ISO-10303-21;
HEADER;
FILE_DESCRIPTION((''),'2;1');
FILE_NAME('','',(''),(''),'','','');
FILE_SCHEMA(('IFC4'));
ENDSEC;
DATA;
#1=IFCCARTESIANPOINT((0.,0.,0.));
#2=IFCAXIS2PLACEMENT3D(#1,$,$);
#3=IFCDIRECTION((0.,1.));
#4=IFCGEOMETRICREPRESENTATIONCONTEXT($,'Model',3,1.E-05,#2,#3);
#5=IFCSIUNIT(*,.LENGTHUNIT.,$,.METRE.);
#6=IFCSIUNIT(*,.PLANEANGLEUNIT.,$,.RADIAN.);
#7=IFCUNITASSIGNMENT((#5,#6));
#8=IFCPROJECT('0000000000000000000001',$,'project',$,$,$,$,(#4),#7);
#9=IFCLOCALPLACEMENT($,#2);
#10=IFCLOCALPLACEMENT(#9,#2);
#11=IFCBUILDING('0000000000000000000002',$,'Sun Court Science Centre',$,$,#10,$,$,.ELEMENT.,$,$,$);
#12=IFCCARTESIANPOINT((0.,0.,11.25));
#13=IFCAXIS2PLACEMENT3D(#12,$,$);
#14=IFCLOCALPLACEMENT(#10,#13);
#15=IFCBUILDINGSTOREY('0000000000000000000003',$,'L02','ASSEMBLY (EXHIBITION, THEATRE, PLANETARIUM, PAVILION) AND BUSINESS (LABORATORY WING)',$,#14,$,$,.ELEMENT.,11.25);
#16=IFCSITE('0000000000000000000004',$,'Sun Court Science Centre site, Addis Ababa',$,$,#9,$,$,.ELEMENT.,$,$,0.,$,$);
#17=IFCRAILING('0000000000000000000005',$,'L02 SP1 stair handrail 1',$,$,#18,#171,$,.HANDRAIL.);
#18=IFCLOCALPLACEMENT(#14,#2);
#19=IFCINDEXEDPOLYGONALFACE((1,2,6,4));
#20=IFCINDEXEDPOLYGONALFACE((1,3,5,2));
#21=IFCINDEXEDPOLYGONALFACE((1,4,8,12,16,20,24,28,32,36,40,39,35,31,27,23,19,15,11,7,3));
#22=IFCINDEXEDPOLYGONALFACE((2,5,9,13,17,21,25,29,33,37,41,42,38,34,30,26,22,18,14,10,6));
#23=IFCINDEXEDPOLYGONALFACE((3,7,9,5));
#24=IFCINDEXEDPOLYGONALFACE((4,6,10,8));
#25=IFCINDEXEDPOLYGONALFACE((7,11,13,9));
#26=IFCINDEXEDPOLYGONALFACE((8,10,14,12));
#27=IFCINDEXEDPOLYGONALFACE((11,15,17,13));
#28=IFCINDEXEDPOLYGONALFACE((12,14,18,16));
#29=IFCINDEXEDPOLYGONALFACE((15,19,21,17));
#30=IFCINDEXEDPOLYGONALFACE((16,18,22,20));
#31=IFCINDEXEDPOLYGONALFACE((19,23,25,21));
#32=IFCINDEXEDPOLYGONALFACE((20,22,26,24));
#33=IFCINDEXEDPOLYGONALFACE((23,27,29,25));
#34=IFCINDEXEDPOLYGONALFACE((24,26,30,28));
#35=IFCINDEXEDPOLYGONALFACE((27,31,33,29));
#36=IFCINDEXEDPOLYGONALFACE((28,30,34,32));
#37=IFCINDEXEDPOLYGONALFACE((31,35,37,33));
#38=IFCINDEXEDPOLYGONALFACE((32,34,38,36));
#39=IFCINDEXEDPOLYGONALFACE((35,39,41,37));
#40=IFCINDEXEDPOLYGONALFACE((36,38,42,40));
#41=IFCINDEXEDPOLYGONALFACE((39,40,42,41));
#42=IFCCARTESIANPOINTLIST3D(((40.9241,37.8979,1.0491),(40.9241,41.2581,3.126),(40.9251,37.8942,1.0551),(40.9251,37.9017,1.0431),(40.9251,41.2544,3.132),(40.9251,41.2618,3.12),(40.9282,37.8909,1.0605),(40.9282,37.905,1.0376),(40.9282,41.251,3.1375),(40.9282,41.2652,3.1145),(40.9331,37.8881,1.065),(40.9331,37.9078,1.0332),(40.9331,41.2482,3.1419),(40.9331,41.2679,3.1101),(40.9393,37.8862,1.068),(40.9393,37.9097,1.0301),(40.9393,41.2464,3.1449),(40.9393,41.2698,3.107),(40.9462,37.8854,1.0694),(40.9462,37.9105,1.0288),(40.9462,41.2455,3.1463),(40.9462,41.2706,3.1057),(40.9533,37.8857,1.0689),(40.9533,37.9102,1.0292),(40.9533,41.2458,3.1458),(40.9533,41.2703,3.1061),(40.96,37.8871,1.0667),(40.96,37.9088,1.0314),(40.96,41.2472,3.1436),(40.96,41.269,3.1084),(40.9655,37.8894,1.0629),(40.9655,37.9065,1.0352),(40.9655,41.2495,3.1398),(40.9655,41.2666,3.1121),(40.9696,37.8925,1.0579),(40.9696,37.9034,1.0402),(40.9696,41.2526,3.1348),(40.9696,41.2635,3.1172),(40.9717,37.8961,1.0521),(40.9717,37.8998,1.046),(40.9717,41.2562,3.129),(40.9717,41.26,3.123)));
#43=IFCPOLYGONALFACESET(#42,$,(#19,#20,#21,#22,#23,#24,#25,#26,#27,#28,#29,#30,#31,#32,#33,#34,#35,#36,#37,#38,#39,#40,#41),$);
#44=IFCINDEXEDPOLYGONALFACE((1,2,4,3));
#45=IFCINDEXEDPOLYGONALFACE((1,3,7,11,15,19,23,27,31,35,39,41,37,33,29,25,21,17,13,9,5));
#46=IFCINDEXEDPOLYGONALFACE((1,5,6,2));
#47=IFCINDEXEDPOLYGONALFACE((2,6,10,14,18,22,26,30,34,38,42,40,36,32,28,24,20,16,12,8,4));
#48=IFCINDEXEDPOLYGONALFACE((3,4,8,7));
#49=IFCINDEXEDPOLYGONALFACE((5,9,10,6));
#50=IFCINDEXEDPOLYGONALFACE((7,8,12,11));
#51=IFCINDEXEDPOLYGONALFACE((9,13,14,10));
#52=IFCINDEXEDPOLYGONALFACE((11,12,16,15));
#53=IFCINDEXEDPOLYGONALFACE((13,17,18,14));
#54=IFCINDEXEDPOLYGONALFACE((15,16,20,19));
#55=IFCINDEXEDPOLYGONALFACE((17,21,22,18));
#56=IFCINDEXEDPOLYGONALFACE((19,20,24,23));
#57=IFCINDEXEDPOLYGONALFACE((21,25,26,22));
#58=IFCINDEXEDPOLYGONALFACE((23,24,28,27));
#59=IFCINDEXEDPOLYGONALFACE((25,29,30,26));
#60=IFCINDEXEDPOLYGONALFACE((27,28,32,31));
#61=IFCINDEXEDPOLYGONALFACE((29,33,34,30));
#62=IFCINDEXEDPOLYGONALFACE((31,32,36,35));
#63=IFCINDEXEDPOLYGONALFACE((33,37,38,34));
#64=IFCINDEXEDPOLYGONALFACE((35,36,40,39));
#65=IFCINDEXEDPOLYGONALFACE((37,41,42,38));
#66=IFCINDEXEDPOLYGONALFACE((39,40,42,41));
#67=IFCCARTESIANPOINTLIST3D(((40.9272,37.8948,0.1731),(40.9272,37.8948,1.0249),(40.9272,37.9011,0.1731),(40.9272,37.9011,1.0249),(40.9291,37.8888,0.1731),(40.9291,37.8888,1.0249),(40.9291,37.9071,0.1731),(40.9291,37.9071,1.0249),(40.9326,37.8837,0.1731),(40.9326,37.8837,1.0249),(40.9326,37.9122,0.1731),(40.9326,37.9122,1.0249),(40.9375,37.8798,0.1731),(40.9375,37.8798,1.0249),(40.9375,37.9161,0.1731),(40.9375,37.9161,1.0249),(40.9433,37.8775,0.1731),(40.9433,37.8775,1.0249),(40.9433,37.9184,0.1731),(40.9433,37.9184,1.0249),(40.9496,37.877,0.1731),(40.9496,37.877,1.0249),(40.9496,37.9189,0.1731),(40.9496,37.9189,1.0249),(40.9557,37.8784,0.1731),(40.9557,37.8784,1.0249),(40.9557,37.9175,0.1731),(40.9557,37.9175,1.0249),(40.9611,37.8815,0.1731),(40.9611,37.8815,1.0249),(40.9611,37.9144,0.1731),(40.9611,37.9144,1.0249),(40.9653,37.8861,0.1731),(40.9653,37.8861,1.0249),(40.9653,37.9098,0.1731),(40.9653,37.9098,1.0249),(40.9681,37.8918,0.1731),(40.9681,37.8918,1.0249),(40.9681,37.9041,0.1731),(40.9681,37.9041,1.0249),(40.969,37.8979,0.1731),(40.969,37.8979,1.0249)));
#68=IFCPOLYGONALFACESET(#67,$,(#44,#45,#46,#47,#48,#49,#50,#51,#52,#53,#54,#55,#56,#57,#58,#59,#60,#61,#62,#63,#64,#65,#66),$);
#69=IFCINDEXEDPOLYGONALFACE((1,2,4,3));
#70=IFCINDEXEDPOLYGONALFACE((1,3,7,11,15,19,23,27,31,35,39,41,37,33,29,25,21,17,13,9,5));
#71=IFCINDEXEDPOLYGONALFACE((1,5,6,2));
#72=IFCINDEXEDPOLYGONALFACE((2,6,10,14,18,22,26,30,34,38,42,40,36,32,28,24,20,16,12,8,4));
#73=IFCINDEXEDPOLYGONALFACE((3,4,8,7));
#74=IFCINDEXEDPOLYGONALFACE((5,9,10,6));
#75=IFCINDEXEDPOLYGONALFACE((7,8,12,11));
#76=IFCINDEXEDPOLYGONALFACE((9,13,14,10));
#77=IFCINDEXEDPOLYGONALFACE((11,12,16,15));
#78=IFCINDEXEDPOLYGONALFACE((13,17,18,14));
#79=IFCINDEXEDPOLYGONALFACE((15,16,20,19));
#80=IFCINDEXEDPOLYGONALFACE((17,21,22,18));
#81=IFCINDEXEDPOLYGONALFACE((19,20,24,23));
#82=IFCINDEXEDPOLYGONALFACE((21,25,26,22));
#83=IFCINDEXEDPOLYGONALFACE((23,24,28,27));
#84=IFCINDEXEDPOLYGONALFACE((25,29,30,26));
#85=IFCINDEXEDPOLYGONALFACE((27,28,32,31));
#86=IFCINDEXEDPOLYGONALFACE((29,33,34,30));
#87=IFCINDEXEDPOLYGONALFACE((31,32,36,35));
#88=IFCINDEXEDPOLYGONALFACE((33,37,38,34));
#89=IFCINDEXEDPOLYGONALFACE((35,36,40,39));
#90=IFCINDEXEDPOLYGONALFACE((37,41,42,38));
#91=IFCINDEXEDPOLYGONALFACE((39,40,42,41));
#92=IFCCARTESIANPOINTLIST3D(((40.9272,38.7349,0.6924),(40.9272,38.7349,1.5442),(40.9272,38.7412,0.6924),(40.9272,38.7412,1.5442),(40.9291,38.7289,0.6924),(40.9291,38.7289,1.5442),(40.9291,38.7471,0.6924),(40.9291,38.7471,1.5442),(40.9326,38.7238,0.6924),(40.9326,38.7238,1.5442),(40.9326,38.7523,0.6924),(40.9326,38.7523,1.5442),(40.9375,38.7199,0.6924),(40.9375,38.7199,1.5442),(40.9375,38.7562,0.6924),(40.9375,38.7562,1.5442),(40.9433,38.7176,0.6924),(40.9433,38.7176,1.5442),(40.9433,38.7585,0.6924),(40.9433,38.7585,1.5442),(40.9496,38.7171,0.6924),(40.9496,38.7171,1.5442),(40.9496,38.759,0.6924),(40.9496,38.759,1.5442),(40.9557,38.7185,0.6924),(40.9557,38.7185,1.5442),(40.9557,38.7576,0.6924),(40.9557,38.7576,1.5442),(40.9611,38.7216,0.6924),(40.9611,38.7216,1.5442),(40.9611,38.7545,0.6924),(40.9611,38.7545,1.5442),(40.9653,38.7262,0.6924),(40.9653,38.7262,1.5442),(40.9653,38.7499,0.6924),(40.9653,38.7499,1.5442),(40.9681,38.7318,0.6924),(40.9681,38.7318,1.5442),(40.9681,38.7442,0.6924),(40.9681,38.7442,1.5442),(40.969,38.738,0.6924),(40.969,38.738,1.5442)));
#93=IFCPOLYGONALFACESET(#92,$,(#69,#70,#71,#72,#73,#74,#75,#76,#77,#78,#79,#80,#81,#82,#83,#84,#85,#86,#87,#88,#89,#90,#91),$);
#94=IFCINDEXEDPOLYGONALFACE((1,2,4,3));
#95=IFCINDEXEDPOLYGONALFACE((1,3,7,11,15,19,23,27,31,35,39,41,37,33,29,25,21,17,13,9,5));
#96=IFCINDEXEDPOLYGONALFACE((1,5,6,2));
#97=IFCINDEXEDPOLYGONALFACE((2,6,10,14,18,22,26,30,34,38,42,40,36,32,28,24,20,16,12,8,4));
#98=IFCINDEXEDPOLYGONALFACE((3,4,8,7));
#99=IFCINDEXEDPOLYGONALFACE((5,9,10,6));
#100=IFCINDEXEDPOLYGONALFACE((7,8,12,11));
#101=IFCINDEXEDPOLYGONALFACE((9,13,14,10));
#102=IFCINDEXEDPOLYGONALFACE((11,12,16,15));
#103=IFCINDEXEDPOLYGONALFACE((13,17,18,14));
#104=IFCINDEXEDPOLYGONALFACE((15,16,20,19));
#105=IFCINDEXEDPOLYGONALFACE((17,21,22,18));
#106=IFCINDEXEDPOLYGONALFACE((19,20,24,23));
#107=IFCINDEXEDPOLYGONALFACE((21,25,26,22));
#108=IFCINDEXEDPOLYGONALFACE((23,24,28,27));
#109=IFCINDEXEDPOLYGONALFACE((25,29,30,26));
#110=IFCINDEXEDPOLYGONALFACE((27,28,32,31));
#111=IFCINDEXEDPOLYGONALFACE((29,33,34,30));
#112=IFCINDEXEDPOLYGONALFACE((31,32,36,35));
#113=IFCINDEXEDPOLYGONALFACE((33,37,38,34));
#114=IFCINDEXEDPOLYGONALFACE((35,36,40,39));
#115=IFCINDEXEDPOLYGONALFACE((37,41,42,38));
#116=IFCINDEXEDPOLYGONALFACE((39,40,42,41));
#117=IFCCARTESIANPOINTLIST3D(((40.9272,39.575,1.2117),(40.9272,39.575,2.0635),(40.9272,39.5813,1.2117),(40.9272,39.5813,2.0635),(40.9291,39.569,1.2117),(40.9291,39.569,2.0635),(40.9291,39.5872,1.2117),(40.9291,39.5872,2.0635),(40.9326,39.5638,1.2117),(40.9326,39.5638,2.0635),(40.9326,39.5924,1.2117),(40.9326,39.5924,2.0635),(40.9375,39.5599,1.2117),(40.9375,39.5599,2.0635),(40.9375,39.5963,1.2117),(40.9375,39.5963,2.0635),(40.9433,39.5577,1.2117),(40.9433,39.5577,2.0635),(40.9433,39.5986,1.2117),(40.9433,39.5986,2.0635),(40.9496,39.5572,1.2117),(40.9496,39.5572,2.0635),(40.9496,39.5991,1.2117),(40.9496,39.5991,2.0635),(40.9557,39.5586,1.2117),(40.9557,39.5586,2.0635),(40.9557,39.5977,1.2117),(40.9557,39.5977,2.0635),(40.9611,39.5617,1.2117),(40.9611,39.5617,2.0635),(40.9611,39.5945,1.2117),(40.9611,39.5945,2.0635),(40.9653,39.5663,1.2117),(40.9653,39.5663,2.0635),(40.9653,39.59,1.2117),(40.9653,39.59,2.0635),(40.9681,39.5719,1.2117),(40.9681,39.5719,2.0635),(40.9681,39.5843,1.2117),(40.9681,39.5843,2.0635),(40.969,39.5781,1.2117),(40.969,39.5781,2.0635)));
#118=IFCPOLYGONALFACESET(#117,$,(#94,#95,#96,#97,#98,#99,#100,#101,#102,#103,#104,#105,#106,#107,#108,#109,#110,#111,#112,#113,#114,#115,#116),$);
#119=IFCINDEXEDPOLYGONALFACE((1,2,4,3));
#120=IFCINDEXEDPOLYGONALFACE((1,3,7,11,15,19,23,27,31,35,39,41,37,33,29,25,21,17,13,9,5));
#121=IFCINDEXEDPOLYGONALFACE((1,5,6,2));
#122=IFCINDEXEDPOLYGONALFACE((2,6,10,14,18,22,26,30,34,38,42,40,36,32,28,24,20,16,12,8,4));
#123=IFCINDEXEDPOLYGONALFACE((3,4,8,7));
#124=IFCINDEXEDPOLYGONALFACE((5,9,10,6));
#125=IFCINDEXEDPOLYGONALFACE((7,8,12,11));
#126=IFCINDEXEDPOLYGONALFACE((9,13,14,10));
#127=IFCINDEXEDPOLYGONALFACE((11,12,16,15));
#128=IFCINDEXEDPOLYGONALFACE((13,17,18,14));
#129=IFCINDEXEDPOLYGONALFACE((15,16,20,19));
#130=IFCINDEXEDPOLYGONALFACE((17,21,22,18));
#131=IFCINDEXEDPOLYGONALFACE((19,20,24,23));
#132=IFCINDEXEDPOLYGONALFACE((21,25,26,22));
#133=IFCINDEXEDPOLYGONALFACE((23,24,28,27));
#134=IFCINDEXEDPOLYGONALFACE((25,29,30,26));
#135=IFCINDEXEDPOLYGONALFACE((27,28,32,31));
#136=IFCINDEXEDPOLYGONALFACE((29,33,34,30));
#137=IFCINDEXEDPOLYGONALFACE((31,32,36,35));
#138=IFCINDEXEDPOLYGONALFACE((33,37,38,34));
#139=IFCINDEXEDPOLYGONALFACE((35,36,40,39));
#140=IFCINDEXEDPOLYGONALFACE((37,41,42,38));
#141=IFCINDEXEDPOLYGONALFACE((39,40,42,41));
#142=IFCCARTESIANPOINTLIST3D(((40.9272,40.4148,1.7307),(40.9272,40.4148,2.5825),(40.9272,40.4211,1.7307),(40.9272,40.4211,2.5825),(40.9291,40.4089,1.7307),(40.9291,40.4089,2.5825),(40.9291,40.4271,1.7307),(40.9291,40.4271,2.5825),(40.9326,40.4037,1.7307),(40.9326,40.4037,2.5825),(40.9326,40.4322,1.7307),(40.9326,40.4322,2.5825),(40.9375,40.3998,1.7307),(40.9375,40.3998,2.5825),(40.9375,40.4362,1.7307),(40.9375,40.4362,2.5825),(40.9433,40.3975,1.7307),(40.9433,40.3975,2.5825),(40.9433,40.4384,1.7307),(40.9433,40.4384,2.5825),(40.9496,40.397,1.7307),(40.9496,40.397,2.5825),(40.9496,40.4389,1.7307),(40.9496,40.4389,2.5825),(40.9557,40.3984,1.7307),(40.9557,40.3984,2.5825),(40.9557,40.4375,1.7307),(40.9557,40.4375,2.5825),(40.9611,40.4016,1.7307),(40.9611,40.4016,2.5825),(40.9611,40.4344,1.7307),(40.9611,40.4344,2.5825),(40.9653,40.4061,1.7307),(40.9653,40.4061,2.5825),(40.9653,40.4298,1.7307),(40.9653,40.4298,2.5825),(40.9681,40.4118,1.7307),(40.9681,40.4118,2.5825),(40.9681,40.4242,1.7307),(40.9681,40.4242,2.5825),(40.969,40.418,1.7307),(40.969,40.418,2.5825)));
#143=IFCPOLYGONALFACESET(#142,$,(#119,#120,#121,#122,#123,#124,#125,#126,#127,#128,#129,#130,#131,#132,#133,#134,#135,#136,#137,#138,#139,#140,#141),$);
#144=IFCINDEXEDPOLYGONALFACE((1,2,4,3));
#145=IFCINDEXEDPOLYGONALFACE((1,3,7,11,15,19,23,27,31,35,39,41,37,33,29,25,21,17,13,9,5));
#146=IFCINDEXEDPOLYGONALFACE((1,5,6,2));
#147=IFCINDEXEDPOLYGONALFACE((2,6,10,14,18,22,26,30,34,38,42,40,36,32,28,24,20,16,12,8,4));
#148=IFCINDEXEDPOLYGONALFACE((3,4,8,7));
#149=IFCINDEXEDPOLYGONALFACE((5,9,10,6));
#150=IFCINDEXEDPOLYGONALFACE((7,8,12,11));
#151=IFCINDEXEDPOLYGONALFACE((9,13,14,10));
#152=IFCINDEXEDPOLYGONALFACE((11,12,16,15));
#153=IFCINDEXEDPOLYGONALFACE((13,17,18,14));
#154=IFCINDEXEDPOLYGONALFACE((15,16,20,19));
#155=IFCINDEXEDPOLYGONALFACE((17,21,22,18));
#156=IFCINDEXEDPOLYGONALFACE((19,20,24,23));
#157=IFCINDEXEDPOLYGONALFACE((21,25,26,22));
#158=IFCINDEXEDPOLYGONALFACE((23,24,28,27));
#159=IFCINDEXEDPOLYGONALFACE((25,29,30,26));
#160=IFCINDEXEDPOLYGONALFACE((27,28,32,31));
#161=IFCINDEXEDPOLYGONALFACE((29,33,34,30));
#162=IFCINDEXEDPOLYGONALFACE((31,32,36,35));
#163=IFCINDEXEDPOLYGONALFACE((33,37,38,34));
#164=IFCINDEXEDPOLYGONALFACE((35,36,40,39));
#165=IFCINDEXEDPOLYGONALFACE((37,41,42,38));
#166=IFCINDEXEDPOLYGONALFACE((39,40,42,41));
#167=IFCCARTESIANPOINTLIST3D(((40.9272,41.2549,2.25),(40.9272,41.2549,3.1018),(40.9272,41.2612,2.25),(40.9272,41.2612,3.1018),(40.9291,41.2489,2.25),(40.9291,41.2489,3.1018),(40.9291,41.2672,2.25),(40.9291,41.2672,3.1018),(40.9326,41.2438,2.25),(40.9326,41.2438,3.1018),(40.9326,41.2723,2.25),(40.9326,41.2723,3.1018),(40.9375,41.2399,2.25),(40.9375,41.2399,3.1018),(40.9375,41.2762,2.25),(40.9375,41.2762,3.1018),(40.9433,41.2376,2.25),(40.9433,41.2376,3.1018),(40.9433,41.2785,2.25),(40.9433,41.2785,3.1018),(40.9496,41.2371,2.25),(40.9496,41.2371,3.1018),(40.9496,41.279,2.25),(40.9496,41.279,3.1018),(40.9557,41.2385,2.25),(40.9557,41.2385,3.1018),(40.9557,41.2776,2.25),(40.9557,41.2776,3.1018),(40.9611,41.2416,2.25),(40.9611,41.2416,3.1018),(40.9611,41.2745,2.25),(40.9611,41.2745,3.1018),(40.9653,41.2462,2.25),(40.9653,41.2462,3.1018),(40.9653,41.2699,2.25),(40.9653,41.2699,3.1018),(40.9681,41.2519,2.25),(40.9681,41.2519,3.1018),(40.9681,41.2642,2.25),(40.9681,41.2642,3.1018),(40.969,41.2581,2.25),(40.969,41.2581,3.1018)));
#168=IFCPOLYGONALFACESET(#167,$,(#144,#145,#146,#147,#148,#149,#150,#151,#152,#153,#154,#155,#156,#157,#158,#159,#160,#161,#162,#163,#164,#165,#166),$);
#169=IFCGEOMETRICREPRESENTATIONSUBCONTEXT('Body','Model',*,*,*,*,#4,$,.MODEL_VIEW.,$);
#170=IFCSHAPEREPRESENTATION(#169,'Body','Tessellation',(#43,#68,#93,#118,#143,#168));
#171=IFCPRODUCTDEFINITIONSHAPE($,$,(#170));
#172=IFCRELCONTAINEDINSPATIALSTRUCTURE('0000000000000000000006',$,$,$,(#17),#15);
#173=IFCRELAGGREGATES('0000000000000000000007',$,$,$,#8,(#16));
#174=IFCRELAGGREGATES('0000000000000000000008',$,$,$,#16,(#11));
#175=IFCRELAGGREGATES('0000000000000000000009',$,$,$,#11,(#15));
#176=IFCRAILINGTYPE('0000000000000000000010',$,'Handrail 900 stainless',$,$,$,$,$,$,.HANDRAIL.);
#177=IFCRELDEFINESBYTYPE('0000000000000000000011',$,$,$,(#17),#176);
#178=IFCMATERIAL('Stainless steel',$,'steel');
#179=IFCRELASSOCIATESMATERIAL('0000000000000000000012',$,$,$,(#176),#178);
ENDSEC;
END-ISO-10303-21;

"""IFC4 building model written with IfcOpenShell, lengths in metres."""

from ifc_helpers import new_model, si_unit, direction, frame, origin, origin_2d, place, context, subcontext, project, spatial, circle, extrude, material, type_object, element, save


model = new_model("IFC4")

# Units and contexts
model_context = context("Model", 3, precision=1e-05, world=origin(), true_north=direction((0.0, 1.0)))
body_context = subcontext(model_context, "Body", "Model", "MODEL_VIEW")
ifc_project = project(units=[si_unit("LENGTHUNIT", "METRE"), si_unit("PLANEANGLEUNIT", "RADIAN")], contexts=[model_context])

# Site, building, storey
site_placement = place(None, origin())
site = spatial("IfcSite", under=ifc_project, at=site_placement, Name="Sun Court Science Centre site, Addis Ababa", CompositionType="ELEMENT", RefElevation=0.0)
building_placement = place(site_placement, origin())
building = spatial("IfcBuilding", under=site, at=building_placement, Name="Sun Court Science Centre", CompositionType="ELEMENT")
storey_placement = place(building_placement, frame((0.0, 0.0, 11.25)))
storey = spatial("IfcBuildingStorey", under=building, at=storey_placement, Name="L02", Description="ASSEMBLY (EXHIBITION, THEATRE, PLANETARIUM, PAVILION) AND BUSINESS (LABORATORY WING)", CompositionType="ELEMENT", Elevation=11.25)

# Railing
ifc_material_1 = material(Name="Stainless steel", Category="steel")
railing_type_1 = type_object("IfcRailingType", Name="Handrail 900 stainless", PredefinedType="HANDRAIL", material=ifc_material_1)
railing_1_placement = place(storey_placement, frame((40.948, 37.8979, 0.1731)))
element("IfcRailing", 1, at=railing_1_placement, inside=storey, type_object=railing_type_1, Name="L02 SP1 stair handrail 1", PredefinedType="HANDRAIL", context=body_context, shape_type="SweptSolid", body=[
    extrude(circle(Radius=0.0239, at=origin_2d()), frame((0.0, 0.0, 0.876), z_axis=(0.0, 0.850623, 0.525776), x_axis=(-1.0, 0.0, 0.0)), (0.0, 0.0, 1.0), 3.9502),
    extrude(circle(Radius=0.021, at=origin_2d()), origin(), (0.0, 0.0, 1.0), 0.8518),
    extrude(circle(Radius=0.021, at=origin_2d()), frame((0.0, 0.8401, 0.5193)), (0.0, 0.0, 1.0), 0.8518),
    extrude(circle(Radius=0.021, at=origin_2d()), frame((0.0, 1.6802, 1.0386)), (0.0, 0.0, 1.0), 0.8518),
    extrude(circle(Radius=0.021, at=origin_2d()), frame((0.0, 2.52, 1.5576)), (0.0, 0.0, 1.0), 0.8518),
    extrude(circle(Radius=0.021, at=origin_2d()), frame((0.0, 3.3601, 2.0769)), (0.0, 0.0, 1.0), 0.8518),
])

save(model, "model.ifc")
